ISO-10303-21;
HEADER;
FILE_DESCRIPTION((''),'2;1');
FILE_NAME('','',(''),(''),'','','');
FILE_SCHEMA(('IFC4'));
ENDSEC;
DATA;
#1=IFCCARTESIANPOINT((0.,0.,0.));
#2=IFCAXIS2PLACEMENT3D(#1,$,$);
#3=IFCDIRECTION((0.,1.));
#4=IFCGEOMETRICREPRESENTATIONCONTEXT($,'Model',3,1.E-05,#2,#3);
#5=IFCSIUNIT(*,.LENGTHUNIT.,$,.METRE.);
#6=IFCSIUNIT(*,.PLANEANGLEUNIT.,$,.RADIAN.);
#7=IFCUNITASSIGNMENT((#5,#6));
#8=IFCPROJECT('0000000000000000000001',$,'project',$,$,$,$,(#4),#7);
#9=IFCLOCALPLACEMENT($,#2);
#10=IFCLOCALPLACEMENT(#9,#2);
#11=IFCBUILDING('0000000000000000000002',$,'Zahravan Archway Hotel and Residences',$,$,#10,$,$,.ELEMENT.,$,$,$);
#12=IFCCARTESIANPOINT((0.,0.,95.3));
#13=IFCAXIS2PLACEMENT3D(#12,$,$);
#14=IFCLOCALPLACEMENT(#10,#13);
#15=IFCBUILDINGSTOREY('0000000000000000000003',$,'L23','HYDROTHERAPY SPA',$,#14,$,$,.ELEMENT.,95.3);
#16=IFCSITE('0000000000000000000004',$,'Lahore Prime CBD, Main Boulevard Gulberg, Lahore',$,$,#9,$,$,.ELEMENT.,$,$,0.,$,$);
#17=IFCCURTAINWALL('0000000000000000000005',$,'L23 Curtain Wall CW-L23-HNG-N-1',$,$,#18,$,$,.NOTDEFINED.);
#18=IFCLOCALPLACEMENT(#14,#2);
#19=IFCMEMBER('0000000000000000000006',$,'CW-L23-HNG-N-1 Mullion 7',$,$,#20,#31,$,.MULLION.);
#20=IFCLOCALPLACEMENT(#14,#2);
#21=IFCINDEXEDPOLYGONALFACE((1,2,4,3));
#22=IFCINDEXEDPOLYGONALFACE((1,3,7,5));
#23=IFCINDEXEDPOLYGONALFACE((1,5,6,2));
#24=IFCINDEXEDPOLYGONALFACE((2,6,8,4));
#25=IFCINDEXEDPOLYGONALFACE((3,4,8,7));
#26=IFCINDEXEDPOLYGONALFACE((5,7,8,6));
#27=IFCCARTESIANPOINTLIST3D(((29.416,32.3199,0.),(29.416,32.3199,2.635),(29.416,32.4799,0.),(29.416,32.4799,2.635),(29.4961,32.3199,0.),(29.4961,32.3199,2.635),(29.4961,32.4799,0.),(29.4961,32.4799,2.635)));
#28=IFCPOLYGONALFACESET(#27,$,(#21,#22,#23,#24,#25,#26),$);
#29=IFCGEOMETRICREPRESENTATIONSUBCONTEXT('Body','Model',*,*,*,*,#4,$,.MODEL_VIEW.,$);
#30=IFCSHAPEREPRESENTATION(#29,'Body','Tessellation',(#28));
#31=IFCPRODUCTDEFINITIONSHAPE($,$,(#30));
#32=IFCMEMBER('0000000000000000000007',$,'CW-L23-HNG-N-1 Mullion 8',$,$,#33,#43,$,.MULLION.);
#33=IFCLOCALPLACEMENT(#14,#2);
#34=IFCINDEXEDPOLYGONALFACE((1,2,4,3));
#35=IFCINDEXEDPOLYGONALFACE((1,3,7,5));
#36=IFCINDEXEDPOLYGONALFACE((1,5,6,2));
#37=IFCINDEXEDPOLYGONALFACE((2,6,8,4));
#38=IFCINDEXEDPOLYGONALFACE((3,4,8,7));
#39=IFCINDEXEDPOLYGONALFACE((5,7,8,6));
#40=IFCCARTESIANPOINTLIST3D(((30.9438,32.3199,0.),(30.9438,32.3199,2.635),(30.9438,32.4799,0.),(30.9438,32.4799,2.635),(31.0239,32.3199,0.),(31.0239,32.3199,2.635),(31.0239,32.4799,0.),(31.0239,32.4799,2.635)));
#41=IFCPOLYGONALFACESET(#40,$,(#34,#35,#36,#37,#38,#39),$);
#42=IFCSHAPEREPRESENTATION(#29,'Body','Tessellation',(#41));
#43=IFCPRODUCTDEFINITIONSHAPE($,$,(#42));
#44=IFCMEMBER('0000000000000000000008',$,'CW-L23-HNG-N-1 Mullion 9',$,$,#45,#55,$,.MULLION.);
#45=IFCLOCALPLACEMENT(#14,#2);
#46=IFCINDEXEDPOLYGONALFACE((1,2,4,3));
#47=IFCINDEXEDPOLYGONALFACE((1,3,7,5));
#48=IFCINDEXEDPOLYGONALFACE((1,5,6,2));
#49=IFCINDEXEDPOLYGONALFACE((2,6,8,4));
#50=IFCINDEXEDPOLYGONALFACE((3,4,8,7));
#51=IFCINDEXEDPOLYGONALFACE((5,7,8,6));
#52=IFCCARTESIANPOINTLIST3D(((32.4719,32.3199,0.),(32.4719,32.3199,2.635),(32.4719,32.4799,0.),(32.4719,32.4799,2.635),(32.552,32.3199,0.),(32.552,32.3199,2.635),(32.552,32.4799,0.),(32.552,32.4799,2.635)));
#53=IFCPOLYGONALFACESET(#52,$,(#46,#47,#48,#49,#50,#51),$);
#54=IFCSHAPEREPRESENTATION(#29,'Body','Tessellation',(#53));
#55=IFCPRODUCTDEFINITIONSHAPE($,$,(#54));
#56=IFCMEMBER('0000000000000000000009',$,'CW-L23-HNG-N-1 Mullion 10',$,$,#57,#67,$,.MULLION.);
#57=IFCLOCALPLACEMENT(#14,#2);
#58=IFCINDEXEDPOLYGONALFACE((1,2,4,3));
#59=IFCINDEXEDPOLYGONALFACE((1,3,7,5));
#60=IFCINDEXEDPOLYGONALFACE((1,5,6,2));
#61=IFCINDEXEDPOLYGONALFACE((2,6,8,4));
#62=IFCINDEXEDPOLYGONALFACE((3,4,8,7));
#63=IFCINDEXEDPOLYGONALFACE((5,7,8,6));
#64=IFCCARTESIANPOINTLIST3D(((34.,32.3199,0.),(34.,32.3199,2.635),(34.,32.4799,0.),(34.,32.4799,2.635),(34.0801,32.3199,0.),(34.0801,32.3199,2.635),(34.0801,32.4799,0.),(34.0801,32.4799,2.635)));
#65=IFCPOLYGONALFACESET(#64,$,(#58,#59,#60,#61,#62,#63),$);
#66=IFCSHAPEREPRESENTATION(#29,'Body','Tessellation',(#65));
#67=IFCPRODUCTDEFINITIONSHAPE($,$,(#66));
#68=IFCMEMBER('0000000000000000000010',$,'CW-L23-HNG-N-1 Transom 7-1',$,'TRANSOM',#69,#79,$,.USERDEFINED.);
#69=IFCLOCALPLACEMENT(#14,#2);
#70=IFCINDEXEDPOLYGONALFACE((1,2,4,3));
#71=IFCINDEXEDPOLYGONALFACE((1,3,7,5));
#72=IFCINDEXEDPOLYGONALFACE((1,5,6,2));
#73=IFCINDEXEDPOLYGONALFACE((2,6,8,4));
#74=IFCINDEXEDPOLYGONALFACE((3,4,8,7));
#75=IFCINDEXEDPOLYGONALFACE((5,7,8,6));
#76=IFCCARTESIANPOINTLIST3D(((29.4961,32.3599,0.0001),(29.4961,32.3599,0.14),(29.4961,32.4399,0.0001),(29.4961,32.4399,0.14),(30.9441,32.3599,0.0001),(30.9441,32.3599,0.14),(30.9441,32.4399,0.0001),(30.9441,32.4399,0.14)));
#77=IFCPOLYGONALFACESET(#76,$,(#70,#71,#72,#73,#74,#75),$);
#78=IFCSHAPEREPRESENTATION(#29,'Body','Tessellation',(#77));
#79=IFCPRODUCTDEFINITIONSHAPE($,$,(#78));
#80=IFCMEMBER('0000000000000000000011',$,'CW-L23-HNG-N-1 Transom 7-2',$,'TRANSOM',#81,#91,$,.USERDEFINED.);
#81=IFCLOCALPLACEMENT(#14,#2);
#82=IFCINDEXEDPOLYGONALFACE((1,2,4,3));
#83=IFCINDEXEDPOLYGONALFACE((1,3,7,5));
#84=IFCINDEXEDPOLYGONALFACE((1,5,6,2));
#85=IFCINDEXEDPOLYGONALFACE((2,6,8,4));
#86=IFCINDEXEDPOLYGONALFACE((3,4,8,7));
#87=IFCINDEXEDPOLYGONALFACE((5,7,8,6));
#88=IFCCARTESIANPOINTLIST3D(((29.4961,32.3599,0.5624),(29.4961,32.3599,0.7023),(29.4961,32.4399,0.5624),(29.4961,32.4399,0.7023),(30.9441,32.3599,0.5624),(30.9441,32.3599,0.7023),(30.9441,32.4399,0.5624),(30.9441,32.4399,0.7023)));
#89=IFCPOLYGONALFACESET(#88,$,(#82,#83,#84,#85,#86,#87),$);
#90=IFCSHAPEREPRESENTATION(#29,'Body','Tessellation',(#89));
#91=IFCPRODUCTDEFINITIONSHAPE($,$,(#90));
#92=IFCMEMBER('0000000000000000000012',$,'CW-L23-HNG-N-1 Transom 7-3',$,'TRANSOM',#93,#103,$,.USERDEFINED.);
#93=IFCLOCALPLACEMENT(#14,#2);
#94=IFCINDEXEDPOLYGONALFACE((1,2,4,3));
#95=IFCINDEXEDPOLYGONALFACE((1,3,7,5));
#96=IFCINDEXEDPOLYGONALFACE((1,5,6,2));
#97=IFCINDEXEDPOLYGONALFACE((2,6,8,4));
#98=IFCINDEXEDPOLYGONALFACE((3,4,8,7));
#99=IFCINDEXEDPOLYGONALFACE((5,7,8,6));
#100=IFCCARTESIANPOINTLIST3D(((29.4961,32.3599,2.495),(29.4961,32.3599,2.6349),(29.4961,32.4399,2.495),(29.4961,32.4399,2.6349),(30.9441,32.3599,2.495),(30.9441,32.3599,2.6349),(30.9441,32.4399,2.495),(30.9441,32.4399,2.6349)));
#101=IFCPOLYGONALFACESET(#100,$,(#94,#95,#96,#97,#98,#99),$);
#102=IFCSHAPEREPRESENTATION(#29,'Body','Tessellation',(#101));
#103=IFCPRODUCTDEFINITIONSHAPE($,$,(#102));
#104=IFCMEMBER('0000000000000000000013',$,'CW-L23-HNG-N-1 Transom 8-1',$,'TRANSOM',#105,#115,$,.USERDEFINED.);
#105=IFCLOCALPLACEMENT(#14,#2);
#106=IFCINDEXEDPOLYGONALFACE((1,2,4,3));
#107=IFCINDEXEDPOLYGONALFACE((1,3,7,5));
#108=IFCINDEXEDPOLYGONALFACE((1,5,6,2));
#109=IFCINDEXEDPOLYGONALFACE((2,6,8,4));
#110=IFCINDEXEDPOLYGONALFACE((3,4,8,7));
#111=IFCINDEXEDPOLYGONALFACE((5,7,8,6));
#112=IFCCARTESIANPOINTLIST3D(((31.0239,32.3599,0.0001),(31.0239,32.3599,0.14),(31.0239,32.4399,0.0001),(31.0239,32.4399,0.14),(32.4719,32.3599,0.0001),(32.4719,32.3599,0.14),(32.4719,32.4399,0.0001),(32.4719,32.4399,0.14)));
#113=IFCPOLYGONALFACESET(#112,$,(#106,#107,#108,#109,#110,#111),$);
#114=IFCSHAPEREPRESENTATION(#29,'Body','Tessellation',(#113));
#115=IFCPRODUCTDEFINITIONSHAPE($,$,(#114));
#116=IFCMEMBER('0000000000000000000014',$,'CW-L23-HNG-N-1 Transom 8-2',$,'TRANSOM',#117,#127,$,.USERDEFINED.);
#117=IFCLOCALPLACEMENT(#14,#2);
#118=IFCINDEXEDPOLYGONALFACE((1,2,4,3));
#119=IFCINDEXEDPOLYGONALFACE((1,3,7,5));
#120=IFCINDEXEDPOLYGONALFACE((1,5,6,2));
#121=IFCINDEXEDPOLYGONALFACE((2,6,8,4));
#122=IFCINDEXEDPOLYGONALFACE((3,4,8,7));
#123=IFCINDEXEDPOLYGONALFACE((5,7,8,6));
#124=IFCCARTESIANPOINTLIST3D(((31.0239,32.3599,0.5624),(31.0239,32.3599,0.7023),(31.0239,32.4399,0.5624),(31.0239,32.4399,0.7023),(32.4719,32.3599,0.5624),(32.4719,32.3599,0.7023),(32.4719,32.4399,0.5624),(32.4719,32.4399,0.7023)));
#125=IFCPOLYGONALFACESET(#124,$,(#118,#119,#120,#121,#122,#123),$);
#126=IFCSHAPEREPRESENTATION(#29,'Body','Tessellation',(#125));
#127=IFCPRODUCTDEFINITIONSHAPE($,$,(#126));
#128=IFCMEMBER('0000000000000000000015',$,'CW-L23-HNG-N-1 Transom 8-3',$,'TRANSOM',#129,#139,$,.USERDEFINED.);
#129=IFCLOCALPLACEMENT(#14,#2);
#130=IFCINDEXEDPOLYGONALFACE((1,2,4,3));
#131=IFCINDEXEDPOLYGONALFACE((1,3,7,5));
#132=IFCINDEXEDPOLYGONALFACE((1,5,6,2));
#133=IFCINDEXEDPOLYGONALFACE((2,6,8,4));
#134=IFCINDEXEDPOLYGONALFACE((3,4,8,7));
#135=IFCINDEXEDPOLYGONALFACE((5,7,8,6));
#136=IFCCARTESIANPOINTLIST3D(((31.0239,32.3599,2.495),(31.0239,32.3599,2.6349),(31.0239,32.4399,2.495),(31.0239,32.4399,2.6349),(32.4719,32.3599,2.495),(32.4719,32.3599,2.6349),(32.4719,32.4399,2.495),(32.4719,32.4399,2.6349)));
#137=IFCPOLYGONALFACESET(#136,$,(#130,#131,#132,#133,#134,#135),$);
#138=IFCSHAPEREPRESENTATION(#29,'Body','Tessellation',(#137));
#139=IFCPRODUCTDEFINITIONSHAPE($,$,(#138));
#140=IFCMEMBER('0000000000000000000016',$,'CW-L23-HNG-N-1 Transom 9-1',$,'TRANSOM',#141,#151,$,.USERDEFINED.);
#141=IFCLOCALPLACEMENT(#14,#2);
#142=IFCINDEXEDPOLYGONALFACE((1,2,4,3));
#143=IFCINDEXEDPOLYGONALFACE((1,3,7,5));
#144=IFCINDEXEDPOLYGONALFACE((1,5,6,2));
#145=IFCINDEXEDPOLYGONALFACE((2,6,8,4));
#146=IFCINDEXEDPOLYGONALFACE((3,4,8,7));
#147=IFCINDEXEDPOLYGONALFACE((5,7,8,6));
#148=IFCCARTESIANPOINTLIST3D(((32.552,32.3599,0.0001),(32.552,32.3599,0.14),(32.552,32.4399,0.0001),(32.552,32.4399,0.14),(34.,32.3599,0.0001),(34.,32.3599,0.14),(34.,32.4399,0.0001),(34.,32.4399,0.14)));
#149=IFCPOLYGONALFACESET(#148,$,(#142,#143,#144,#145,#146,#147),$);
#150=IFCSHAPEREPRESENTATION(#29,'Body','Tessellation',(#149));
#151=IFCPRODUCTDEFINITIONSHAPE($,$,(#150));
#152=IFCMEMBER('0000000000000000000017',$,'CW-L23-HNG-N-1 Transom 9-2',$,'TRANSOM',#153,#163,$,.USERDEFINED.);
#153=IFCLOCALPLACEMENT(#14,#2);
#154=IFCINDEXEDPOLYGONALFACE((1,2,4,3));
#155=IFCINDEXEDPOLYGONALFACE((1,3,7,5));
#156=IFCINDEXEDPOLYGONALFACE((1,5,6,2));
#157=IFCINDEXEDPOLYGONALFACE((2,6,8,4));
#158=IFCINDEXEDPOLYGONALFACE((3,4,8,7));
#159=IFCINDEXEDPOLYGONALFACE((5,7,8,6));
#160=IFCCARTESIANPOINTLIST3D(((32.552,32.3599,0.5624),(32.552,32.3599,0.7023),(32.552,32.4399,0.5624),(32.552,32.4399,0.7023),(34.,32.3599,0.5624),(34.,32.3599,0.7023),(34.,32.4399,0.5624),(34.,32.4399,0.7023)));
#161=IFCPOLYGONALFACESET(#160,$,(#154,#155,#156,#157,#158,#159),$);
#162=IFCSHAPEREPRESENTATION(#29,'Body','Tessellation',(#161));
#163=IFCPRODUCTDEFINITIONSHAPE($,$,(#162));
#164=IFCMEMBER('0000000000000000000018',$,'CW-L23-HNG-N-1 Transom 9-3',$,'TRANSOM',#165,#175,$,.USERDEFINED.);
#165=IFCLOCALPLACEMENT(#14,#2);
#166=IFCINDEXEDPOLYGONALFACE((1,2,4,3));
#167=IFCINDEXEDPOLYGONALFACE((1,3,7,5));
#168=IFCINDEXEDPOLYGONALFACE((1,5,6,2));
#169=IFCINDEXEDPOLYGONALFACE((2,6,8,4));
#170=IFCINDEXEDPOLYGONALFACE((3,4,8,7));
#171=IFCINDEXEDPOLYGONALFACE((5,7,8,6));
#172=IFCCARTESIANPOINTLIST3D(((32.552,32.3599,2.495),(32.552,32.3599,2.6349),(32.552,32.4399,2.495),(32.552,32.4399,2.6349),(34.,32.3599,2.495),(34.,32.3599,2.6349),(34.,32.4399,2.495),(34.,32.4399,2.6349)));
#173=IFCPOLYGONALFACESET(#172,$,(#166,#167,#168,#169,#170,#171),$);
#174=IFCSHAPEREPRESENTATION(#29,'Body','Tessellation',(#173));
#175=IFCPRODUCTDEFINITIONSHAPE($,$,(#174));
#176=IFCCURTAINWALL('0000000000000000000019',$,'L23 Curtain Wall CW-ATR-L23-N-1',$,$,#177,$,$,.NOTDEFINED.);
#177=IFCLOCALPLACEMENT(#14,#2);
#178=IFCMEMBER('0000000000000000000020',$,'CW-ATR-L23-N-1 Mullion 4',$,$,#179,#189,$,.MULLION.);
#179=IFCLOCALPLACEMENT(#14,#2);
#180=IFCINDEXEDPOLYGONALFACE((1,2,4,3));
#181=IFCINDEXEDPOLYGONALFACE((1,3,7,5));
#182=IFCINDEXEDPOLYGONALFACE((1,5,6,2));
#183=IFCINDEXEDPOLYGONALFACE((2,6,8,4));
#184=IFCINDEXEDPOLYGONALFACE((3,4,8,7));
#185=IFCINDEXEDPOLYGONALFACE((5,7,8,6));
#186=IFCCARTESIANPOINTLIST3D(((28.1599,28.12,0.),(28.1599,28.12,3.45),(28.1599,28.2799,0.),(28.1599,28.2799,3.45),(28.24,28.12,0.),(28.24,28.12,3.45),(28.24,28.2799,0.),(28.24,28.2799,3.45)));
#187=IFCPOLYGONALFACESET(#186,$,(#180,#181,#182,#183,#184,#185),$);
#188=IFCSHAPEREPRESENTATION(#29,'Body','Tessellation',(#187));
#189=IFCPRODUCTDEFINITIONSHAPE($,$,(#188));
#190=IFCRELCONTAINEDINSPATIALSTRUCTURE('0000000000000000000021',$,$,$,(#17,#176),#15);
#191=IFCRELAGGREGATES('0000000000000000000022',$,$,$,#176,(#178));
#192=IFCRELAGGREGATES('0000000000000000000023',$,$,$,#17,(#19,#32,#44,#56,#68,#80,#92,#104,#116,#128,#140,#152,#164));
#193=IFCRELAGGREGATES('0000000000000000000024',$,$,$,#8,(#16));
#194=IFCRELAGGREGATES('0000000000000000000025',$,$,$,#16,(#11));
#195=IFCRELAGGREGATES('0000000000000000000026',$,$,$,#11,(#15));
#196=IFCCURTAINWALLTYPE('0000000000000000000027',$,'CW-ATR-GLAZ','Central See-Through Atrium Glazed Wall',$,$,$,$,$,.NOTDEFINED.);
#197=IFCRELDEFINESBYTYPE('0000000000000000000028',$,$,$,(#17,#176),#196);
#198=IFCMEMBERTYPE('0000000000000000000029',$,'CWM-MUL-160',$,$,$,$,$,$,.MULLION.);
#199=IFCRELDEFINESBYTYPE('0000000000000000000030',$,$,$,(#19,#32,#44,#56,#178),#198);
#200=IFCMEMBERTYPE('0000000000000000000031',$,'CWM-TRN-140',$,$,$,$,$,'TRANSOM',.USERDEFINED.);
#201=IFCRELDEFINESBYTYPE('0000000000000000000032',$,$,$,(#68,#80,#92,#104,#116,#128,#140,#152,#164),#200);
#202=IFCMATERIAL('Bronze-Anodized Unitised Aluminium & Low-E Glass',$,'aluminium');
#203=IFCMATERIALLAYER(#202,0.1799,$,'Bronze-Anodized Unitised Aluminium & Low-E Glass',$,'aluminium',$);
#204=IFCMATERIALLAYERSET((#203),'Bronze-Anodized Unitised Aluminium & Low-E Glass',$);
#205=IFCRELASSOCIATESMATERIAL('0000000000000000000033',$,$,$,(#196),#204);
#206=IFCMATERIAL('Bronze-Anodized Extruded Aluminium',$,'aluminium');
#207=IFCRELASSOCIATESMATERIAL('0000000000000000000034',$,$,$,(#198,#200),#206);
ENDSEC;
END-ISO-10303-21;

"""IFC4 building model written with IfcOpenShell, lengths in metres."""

from ifc_helpers import new_model, si_unit, direction, frame, origin, origin_2d, place, context, subcontext, project, spatial, rectangle, extrude, source, transform, mapped, material, layer, layer_set, material_profile, profile_set, type_object, element, aggregate, save


model = new_model("IFC4")

# Units and contexts
model_context = context("Model", 3, precision=1e-05, world=origin(), true_north=direction((0.0, 1.0)))
body_context = subcontext(model_context, "Body", "Model", "MODEL_VIEW")
ifc_project = project(units=[si_unit("LENGTHUNIT", "METRE"), si_unit("PLANEANGLEUNIT", "RADIAN")], contexts=[model_context])

# Site, building, storey
site_placement = place(None, origin())
site = spatial("IfcSite", under=ifc_project, at=site_placement, Name="Lahore Prime CBD, Main Boulevard Gulberg, Lahore", CompositionType="ELEMENT", RefElevation=0.0)
building_placement = place(site_placement, origin())
building = spatial("IfcBuilding", under=site, at=building_placement, Name="Zahravan Archway Hotel and Residences", CompositionType="ELEMENT")
storey_placement = place(building_placement, frame((0.0, 0.0, 95.3)))
storey = spatial("IfcBuildingStorey", under=building, at=storey_placement, Name="L23", Description="HYDROTHERAPY SPA", CompositionType="ELEMENT", Elevation=95.3)

# Curtain wall, members
ifc_material_1 = material(Name="Bronze-Anodized Unitised Aluminium & Low-E Glass", Category="aluminium")
ifc_layer_1 = layer(ifc_material_1, 0.1799, Name="Bronze-Anodized Unitised Aluminium & Low-E Glass", Category="aluminium")
ifc_layer_set_1 = layer_set([ifc_layer_1], Name="Bronze-Anodized Unitised Aluminium & Low-E Glass")
curtain_wall_type = type_object("IfcCurtainWallType", Name="CW-ATR-GLAZ", Description="Central See-Through Atrium Glazed Wall", PredefinedType="NOTDEFINED", material=ifc_layer_set_1)
curtain_wall_1_placement = place(storey_placement, origin())
curtain_wall_1 = element("IfcCurtainWall", 1, at=curtain_wall_1_placement, inside=storey, type_object=curtain_wall_type, Name="L23 Curtain Wall CW-L23-HNG-N-1", PredefinedType="NOTDEFINED")
ifc_material_2 = material(Name="Bronze-Anodized Extruded Aluminium", Category="aluminium")
ifc_material_profile_1 = material_profile(ifc_material_2, rectangle(XDim=0.0801, YDim=0.1599, at=origin_2d()), Name="MUL 80x160", Category="aluminium")
ifc_profile_set_1 = profile_set([ifc_material_profile_1], Name="Bronze-Anodized Extruded Aluminium")
member_type_1 = type_object("IfcMemberType", Name="CWM-MUL-160", PredefinedType="MULLION", material=ifc_profile_set_1)
shared_shape_1 = source(origin(), body_context, "Body", "SweptSolid", [
    extrude(rectangle(XDim=0.0801, YDim=0.1599, at=origin_2d()), origin(), (0.0, 0.0, 1.0), 2.635),
])
member_1_placement = place(storey_placement, frame((29.4561, 32.3999, 0.0), z_axis=(0.0, 0.0, 1.0), x_axis=(1.0, 0.0, 0.0)))
member_1 = element("IfcMember", 2, at=member_1_placement, type_object=member_type_1, Name="CW-L23-HNG-N-1 Mullion 7", PredefinedType="MULLION", context=body_context, shape_type="MappedRepresentation", body=[
    mapped(shared_shape_1, transform((0.0, 0.0, 0.0), scale=1.0)),
])
member_2_placement = place(storey_placement, frame((30.9839, 32.3999, 0.0), z_axis=(0.0, 0.0, 1.0), x_axis=(1.0, 0.0, 0.0)))
member_2 = element("IfcMember", 3, at=member_2_placement, type_object=member_type_1, Name="CW-L23-HNG-N-1 Mullion 8", PredefinedType="MULLION", context=body_context, shape_type="MappedRepresentation", body=[
    mapped(shared_shape_1, transform((0.0, 0.0, 0.0), scale=1.0)),
])
member_3_placement = place(storey_placement, frame((32.512, 32.3999, 0.0), z_axis=(0.0, 0.0, 1.0), x_axis=(1.0, 0.0, 0.0)))
member_3 = element("IfcMember", 4, at=member_3_placement, type_object=member_type_1, Name="CW-L23-HNG-N-1 Mullion 9", PredefinedType="MULLION", context=body_context, shape_type="MappedRepresentation", body=[
    mapped(shared_shape_1, transform((0.0, 0.0, 0.0), scale=1.0)),
])
member_4_placement = place(storey_placement, frame((34.04, 32.3999, 0.0), z_axis=(0.0, 0.0, 1.0), x_axis=(1.0, 0.0, 0.0)))
member_4 = element("IfcMember", 5, at=member_4_placement, type_object=member_type_1, Name="CW-L23-HNG-N-1 Mullion 10", PredefinedType="MULLION", context=body_context, shape_type="MappedRepresentation", body=[
    mapped(shared_shape_1, transform((0.0, 0.0, 0.0), scale=1.0)),
])
ifc_material_profile_2 = material_profile(ifc_material_2, rectangle(XDim=0.0801, YDim=0.1399, at=origin_2d()), Name="TRN 80x140", Category="aluminium")
ifc_profile_set_2 = profile_set([ifc_material_profile_2], Name="Bronze-Anodized Extruded Aluminium")
member_type_2 = type_object("IfcMemberType", Name="CWM-TRN-140", ElementType="TRANSOM", PredefinedType="USERDEFINED", material=ifc_profile_set_2)
shared_shape_2 = source(origin(), body_context, "Body", "SweptSolid", [
    extrude(rectangle(XDim=0.0801, YDim=0.1399, at=origin_2d()), origin(), (0.0, 0.0, 1.0), 1.448),
])
member_5_placement = place(storey_placement, frame((29.4961, 32.3999, 0.0701), z_axis=(1.0, 0.0, 0.0), x_axis=(0.0, 1.0, 0.0)))
member_5 = element("IfcMember", 6, at=member_5_placement, type_object=member_type_2, Name="CW-L23-HNG-N-1 Transom 7-1", ObjectType="TRANSOM", PredefinedType="USERDEFINED", context=body_context, shape_type="MappedRepresentation", body=[
    mapped(shared_shape_2, transform((0.0, 0.0, 0.0), scale=1.0)),
])
member_6_placement = place(storey_placement, frame((29.4961, 32.3999, 0.6323), z_axis=(1.0, 0.0, 0.0), x_axis=(0.0, 1.0, 0.0)))
member_6 = element("IfcMember", 7, at=member_6_placement, type_object=member_type_2, Name="CW-L23-HNG-N-1 Transom 7-2", ObjectType="TRANSOM", PredefinedType="USERDEFINED", context=body_context, shape_type="MappedRepresentation", body=[
    mapped(shared_shape_2, transform((0.0, 0.0, 0.0), scale=1.0)),
])
member_7_placement = place(storey_placement, frame((29.4961, 32.3999, 2.5649), z_axis=(1.0, 0.0, 0.0), x_axis=(0.0, 1.0, 0.0)))
member_7 = element("IfcMember", 8, at=member_7_placement, type_object=member_type_2, Name="CW-L23-HNG-N-1 Transom 7-3", ObjectType="TRANSOM", PredefinedType="USERDEFINED", context=body_context, shape_type="MappedRepresentation", body=[
    mapped(shared_shape_2, transform((0.0, 0.0, 0.0), scale=1.0)),
])
member_8_placement = place(storey_placement, frame((31.0239, 32.3999, 0.0701), z_axis=(1.0, 0.0, 0.0), x_axis=(0.0, 1.0, 0.0)))
member_8 = element("IfcMember", 9, at=member_8_placement, type_object=member_type_2, Name="CW-L23-HNG-N-1 Transom 8-1", ObjectType="TRANSOM", PredefinedType="USERDEFINED", context=body_context, shape_type="MappedRepresentation", body=[
    mapped(shared_shape_2, transform((0.0, 0.0, 0.0), scale=1.0)),
])
member_9_placement = place(storey_placement, frame((31.0239, 32.3999, 0.6323), z_axis=(1.0, 0.0, 0.0), x_axis=(0.0, 1.0, 0.0)))
member_9 = element("IfcMember", 10, at=member_9_placement, type_object=member_type_2, Name="CW-L23-HNG-N-1 Transom 8-2", ObjectType="TRANSOM", PredefinedType="USERDEFINED", context=body_context, shape_type="MappedRepresentation", body=[
    mapped(shared_shape_2, transform((0.0, 0.0, 0.0), scale=1.0)),
])
member_10_placement = place(storey_placement, frame((31.0239, 32.3999, 2.5649), z_axis=(1.0, 0.0, 0.0), x_axis=(0.0, 1.0, 0.0)))
member_10 = element("IfcMember", 11, at=member_10_placement, type_object=member_type_2, Name="CW-L23-HNG-N-1 Transom 8-3", ObjectType="TRANSOM", PredefinedType="USERDEFINED", context=body_context, shape_type="MappedRepresentation", body=[
    mapped(shared_shape_2, transform((0.0, 0.0, 0.0), scale=1.0)),
])
member_11_placement = place(storey_placement, frame((32.552, 32.3999, 0.0701), z_axis=(1.0, 0.0, 0.0), x_axis=(0.0, 1.0, 0.0)))
member_11 = element("IfcMember", 12, at=member_11_placement, type_object=member_type_2, Name="CW-L23-HNG-N-1 Transom 9-1", ObjectType="TRANSOM", PredefinedType="USERDEFINED", context=body_context, shape_type="MappedRepresentation", body=[
    mapped(shared_shape_2, transform((0.0, 0.0, 0.0), scale=1.0)),
])
member_12_placement = place(storey_placement, frame((32.552, 32.3999, 0.6323), z_axis=(1.0, 0.0, 0.0), x_axis=(0.0, 1.0, 0.0)))
member_12 = element("IfcMember", 13, at=member_12_placement, type_object=member_type_2, Name="CW-L23-HNG-N-1 Transom 9-2", ObjectType="TRANSOM", PredefinedType="USERDEFINED", context=body_context, shape_type="MappedRepresentation", body=[
    mapped(shared_shape_2, transform((0.0, 0.0, 0.0), scale=1.0)),
])
member_13_placement = place(storey_placement, frame((32.552, 32.3999, 2.5649), z_axis=(1.0, 0.0, 0.0), x_axis=(0.0, 1.0, 0.0)))
member_13 = element("IfcMember", 14, at=member_13_placement, type_object=member_type_2, Name="CW-L23-HNG-N-1 Transom 9-3", ObjectType="TRANSOM", PredefinedType="USERDEFINED", context=body_context, shape_type="MappedRepresentation", body=[
    mapped(shared_shape_2, transform((0.0, 0.0, 0.0), scale=1.0)),
])

# Curtain wall, member
curtain_wall_2_placement = place(storey_placement, origin())
curtain_wall_2 = element("IfcCurtainWall", 15, at=curtain_wall_2_placement, inside=storey, type_object=curtain_wall_type, Name="L23 Curtain Wall CW-ATR-L23-N-1", PredefinedType="NOTDEFINED")
shared_shape_3 = source(origin(), body_context, "Body", "SweptSolid", [
    extrude(rectangle(XDim=0.0801, YDim=0.1599, at=origin_2d()), origin(), (0.0, 0.0, 1.0), 3.45),
])
member_14_placement = place(storey_placement, frame((28.2, 28.2, 0.0), z_axis=(0.0, 0.0, 1.0), x_axis=(1.0, 0.0, 0.0)))
member_14 = element("IfcMember", 16, at=member_14_placement, type_object=member_type_1, Name="CW-ATR-L23-N-1 Mullion 4", PredefinedType="MULLION", context=body_context, shape_type="MappedRepresentation", body=[
    mapped(shared_shape_3, transform((0.0, 0.0, 0.0), scale=1.0)),
])
aggregate(curtain_wall_2, [member_14])

aggregate(curtain_wall_1, [member_1, member_2, member_3, member_4, member_5, member_6, member_7, member_8, member_9, member_10, member_11, member_12, member_13])

save(model, "model.ifc")
